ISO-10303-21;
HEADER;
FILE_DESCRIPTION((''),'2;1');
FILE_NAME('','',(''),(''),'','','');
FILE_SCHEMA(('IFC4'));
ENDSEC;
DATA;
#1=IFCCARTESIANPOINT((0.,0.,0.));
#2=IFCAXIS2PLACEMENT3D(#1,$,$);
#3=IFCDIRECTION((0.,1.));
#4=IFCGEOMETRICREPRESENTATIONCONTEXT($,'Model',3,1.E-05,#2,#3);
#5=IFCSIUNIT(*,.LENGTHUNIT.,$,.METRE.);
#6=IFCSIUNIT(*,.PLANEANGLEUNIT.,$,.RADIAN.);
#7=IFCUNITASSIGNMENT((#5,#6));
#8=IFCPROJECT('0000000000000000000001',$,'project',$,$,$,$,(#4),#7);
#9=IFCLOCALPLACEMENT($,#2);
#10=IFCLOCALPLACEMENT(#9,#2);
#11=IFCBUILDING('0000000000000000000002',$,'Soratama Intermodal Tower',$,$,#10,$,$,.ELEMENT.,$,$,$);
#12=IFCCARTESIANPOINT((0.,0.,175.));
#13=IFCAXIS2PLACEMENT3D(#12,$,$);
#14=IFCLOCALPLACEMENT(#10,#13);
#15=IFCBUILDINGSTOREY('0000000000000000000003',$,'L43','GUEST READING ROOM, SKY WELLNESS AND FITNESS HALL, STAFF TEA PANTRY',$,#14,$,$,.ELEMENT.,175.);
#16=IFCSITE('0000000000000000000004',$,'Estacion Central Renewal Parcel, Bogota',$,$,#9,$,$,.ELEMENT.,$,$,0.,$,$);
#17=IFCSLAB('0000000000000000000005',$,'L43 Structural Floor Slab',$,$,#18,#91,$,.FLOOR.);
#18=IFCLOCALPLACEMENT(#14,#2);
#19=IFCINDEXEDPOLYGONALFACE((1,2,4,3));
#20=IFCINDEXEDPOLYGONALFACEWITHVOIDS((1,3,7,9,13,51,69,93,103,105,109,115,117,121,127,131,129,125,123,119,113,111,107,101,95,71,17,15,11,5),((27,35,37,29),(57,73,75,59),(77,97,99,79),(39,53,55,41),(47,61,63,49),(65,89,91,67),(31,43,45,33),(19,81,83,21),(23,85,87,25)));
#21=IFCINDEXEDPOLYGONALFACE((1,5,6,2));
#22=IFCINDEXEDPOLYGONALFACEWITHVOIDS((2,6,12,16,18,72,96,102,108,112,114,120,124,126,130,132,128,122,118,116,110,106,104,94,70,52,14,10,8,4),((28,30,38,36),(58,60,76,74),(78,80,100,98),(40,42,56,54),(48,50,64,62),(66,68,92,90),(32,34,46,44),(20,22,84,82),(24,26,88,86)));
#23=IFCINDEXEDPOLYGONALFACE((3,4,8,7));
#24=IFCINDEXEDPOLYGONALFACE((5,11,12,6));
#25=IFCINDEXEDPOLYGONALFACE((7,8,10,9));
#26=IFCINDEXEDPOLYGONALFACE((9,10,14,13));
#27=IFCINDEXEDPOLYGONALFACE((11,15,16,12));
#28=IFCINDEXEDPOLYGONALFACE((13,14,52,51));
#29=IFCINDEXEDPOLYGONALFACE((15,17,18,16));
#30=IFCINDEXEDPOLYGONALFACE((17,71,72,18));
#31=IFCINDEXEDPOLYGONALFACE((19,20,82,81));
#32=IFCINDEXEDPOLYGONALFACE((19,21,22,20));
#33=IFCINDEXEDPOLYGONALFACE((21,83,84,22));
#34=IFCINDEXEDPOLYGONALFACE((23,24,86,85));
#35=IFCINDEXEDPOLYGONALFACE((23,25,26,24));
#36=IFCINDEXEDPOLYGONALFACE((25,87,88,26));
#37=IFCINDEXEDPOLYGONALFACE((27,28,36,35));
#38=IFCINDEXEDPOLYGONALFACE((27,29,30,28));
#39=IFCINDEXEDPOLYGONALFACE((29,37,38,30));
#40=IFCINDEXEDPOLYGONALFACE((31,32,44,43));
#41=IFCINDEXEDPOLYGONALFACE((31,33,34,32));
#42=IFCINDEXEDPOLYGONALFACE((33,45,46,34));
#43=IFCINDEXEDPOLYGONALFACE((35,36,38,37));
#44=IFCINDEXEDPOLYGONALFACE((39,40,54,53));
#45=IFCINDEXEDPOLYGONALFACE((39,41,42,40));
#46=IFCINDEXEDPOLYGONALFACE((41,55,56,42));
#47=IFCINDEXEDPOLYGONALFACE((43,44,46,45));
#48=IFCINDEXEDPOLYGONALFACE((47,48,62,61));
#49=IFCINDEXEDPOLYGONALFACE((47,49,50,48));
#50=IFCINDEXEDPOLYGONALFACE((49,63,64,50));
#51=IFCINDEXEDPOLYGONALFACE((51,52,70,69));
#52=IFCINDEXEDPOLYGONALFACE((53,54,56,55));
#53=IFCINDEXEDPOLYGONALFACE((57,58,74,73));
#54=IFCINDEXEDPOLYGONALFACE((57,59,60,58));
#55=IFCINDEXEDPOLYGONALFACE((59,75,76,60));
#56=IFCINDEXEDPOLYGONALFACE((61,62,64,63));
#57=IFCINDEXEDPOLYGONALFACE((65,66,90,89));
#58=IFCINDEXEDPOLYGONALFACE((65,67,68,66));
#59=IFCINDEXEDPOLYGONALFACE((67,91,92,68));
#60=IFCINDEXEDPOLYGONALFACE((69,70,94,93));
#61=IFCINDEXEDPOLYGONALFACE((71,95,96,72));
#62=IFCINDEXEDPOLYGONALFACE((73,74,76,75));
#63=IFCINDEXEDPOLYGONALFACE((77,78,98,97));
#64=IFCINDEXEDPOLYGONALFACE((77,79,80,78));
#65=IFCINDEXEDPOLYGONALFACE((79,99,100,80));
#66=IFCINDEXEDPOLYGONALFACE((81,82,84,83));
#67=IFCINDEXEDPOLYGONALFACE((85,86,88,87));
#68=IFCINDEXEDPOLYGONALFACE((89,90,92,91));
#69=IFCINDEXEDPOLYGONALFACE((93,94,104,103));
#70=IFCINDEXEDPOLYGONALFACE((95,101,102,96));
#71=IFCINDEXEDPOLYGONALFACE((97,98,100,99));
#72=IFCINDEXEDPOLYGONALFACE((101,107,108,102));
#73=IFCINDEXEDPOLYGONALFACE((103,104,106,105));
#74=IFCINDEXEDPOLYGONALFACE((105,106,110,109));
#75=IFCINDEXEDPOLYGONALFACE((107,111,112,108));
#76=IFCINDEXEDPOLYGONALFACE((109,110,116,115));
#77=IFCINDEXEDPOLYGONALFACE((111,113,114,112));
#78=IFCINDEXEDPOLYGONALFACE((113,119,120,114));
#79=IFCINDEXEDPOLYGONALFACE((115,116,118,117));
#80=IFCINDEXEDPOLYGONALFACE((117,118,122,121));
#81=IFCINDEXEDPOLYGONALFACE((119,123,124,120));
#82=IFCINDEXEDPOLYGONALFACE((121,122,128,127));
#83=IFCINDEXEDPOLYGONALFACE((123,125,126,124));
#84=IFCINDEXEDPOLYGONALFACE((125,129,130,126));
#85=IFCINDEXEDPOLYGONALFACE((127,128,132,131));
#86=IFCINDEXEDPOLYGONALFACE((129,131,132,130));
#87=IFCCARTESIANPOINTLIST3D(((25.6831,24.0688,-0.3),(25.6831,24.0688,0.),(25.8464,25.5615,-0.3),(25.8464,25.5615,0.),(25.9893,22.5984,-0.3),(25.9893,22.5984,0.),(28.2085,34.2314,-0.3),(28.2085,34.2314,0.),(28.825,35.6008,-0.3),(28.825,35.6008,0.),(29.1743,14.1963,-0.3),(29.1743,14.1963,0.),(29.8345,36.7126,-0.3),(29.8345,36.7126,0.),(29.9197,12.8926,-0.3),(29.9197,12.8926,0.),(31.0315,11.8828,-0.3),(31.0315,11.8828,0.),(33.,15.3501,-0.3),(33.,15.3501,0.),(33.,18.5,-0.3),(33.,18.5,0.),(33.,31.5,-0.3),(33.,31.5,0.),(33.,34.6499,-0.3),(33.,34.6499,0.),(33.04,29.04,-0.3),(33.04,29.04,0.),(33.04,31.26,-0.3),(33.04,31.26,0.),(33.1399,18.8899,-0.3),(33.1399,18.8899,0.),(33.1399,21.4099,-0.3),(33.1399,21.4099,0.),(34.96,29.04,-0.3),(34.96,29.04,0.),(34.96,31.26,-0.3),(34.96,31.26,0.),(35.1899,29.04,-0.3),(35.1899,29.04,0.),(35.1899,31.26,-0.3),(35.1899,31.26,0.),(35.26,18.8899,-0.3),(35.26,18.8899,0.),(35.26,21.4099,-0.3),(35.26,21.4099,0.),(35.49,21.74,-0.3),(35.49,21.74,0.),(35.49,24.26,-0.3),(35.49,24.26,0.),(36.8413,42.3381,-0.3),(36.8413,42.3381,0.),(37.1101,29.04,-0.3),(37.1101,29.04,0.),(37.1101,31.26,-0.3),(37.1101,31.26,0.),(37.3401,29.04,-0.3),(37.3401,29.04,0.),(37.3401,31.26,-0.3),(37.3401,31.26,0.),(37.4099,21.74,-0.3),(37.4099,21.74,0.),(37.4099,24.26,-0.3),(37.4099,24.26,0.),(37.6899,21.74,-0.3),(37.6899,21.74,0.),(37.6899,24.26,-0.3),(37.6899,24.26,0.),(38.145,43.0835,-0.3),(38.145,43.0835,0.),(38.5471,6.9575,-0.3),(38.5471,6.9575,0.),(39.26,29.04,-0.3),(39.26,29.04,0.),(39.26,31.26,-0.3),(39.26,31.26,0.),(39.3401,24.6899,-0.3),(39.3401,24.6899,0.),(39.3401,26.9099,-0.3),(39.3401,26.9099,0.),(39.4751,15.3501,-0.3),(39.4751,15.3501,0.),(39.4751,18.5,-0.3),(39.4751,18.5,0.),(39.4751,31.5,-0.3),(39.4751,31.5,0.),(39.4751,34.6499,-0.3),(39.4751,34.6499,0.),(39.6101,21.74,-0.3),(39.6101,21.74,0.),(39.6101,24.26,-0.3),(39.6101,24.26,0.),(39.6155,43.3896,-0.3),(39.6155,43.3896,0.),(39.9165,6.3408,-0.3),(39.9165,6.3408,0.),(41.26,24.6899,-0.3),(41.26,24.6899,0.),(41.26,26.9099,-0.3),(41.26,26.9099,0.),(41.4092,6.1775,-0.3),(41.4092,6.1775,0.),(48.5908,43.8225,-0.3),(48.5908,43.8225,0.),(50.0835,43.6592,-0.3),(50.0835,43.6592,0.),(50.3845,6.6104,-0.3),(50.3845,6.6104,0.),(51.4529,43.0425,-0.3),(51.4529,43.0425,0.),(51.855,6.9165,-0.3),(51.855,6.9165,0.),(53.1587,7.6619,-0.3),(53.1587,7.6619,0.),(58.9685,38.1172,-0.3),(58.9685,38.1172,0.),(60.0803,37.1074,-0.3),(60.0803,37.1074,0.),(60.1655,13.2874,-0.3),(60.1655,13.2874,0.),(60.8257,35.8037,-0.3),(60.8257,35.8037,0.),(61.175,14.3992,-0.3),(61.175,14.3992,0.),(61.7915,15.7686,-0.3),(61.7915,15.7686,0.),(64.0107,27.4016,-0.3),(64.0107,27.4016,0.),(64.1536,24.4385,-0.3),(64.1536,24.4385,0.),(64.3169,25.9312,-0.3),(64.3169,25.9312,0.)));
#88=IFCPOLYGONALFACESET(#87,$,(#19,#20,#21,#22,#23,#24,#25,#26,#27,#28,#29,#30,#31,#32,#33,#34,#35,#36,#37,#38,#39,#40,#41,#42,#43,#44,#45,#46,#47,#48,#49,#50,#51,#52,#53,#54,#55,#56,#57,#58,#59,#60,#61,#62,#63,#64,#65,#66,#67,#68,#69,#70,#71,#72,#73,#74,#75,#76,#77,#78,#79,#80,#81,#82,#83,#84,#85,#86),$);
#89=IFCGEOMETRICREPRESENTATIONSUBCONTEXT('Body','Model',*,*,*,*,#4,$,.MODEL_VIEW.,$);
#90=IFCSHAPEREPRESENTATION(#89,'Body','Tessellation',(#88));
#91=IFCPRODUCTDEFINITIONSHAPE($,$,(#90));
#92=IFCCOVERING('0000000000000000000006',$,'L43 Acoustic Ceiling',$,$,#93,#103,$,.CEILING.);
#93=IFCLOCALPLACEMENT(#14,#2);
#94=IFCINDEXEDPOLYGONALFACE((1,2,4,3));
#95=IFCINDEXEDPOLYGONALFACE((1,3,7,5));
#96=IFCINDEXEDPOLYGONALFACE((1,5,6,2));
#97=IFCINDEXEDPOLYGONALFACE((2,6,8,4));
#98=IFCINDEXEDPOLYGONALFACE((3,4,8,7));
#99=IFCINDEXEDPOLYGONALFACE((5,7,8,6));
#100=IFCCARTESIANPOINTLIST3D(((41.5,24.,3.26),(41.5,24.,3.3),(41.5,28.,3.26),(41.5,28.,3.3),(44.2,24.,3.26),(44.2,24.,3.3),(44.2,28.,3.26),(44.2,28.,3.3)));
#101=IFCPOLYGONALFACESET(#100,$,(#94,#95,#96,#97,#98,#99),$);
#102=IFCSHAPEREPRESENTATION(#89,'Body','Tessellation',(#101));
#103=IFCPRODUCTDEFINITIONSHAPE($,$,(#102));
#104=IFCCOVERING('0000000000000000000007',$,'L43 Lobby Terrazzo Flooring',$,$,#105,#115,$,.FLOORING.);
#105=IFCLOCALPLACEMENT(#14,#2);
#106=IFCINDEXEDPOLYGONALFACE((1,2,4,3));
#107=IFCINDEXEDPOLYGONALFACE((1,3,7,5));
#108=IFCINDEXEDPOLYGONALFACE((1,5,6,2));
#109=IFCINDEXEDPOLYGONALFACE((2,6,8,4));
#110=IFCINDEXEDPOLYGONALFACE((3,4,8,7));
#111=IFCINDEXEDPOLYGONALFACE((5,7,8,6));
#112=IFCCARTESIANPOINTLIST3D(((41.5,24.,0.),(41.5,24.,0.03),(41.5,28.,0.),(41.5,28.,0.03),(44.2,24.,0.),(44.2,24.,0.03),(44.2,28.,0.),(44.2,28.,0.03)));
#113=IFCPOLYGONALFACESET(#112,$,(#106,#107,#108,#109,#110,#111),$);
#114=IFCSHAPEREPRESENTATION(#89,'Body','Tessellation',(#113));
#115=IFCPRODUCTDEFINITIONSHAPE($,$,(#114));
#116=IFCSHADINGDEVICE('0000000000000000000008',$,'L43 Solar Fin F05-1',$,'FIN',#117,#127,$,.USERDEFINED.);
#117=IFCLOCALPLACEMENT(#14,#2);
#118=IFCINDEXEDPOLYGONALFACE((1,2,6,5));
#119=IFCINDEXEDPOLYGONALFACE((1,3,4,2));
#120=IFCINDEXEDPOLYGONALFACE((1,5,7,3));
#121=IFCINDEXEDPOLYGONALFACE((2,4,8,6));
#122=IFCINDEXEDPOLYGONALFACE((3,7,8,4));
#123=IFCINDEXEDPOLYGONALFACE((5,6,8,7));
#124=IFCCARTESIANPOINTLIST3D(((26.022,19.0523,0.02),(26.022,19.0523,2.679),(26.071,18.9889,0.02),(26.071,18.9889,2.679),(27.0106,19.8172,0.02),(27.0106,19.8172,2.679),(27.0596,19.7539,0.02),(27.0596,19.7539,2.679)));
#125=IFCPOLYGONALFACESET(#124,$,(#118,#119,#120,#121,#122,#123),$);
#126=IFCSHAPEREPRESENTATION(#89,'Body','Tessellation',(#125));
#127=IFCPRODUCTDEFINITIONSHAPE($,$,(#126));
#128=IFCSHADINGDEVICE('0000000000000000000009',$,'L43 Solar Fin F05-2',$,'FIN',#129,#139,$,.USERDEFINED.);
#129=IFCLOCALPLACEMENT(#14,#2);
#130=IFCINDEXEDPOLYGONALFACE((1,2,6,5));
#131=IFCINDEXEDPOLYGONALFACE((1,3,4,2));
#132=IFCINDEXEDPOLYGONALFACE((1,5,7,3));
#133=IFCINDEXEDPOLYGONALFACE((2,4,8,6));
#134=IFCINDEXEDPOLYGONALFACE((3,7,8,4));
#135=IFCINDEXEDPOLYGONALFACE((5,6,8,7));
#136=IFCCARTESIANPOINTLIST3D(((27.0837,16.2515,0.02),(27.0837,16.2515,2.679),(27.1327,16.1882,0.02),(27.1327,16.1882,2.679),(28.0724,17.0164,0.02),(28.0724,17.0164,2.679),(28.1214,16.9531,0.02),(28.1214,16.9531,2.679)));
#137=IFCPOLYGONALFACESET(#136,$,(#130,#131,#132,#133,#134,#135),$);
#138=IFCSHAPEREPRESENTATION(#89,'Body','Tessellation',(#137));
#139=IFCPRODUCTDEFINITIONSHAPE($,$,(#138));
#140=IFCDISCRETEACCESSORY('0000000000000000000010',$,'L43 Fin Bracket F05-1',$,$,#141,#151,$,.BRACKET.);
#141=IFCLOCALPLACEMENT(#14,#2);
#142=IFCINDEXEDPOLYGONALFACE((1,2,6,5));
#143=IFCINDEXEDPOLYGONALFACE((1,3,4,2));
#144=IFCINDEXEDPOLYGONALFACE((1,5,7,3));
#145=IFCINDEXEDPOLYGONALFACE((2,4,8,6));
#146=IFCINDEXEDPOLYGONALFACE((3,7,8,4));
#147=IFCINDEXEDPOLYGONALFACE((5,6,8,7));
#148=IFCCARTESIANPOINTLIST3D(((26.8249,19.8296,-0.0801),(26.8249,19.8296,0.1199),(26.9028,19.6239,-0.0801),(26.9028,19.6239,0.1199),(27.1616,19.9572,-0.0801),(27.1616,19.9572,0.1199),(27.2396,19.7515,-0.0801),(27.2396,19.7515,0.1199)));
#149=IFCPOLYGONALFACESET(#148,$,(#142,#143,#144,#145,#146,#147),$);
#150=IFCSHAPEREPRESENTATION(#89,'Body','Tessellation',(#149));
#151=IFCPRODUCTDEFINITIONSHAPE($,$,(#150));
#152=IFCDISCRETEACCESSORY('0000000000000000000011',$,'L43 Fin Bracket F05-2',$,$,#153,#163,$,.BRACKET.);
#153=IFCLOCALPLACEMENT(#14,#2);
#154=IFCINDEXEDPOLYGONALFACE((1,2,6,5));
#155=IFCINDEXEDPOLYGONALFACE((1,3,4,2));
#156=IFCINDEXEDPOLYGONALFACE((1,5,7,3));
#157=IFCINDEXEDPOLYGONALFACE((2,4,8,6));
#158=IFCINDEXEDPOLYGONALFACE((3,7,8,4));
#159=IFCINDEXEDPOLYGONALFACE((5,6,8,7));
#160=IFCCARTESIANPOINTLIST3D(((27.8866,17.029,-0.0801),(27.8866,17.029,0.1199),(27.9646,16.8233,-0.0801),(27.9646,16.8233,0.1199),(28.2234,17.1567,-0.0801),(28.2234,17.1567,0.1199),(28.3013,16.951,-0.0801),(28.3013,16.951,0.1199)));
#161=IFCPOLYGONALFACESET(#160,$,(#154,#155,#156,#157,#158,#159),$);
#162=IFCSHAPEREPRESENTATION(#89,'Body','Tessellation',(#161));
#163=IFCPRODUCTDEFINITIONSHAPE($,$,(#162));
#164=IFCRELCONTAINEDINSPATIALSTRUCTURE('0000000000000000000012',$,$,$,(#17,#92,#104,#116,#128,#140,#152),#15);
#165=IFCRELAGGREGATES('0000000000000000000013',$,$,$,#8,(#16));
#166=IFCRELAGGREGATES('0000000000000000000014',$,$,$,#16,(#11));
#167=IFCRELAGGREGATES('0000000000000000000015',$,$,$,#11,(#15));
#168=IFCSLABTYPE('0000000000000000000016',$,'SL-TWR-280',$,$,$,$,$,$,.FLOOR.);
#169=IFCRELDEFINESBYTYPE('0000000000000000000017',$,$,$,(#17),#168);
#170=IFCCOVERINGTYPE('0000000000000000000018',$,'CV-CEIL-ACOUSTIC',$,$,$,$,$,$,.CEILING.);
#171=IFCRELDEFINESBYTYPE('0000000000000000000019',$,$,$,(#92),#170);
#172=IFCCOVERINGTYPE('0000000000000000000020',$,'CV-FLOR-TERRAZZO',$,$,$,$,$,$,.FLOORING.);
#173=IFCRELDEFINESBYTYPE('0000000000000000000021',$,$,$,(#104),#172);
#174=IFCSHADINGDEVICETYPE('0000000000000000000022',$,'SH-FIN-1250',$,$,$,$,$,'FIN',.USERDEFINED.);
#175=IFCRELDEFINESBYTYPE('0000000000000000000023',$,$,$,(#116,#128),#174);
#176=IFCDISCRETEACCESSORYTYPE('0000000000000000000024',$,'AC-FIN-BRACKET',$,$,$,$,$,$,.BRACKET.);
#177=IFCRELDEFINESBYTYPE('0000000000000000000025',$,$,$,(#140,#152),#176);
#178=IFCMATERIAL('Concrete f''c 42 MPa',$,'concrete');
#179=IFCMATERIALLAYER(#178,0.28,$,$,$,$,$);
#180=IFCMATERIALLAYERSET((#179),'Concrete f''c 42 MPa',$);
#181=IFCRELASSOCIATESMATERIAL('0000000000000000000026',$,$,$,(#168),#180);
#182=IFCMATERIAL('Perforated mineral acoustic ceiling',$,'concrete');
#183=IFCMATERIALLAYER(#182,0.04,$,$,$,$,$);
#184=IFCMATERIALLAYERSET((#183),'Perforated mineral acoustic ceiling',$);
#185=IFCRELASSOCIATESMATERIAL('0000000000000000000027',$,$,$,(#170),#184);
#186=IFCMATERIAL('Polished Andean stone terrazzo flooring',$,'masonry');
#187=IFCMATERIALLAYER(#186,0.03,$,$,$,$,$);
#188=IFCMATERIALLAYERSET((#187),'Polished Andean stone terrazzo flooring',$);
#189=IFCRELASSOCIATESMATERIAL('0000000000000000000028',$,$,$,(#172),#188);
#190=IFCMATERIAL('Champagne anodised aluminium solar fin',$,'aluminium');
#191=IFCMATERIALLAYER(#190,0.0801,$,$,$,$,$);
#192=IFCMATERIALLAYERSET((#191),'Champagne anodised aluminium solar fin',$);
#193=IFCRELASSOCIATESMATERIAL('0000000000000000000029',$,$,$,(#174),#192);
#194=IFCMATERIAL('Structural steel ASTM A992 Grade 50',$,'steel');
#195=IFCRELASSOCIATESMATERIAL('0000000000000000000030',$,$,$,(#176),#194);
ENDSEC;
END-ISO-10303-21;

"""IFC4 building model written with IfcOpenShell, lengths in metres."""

from ifc_helpers import new_model, si_unit, direction, frame, origin, origin_2d, place, context, subcontext, project, spatial, polyline, rectangle, outline, extrude, material, layer, layer_set, type_object, element, save


model = new_model("IFC4")

# Units and contexts
model_context = context("Model", 3, precision=1e-05, world=origin(), true_north=direction((0.0, 1.0)))
body_context = subcontext(model_context, "Body", "Model", "MODEL_VIEW")
ifc_project = project(units=[si_unit("LENGTHUNIT", "METRE"), si_unit("PLANEANGLEUNIT", "RADIAN")], contexts=[model_context])

# Site, building, storey
site_placement = place(None, origin())
site = spatial("IfcSite", under=ifc_project, at=site_placement, Name="Estacion Central Renewal Parcel, Bogota", CompositionType="ELEMENT", RefElevation=0.0)
building_placement = place(site_placement, origin())
building = spatial("IfcBuilding", under=site, at=building_placement, Name="Soratama Intermodal Tower", CompositionType="ELEMENT")
storey_placement = place(building_placement, frame((0.0, 0.0, 175.0)))
storey = spatial("IfcBuildingStorey", under=building, at=storey_placement, Name="L43", Description="GUEST READING ROOM, SKY WELLNESS AND FITNESS HALL, STAFF TEA PANTRY", CompositionType="ELEMENT", Elevation=175.0)

# Slab
ifc_material_1 = material(Name="Concrete f'c 42 MPa", Category="concrete")
ifc_layer_1 = layer(ifc_material_1, 0.28)
ifc_layer_set_1 = layer_set([ifc_layer_1], Name="Concrete f'c 42 MPa")
slab_type_1 = type_object("IfcSlabType", Name="SL-TWR-280", PredefinedType="FLOOR", material=ifc_layer_set_1)
slab_1_placement = place(storey_placement, frame((0.0, 0.0, -0.3)))
element("IfcSlab", 1, at=slab_1_placement, inside=storey, type_object=slab_type_1, Name="L43 Structural Floor Slab", PredefinedType="FLOOR", context=body_context, shape_type="SweptSolid", body=[
    extrude(outline(polyline([(60.8257, 35.8037), (60.0803, 37.1074), (58.9685, 38.1172), (51.4529, 43.0425), (50.0835, 43.6592), (48.5908, 43.8225), (39.6155, 43.3896), (38.145, 43.0835), (36.8413, 42.3381), (29.8345, 36.7126), (28.825, 35.6008), (28.2085, 34.2314), (25.8464, 25.5615), (25.6831, 24.0688), (25.9893, 22.5984), (29.1743, 14.1963), (29.9197, 12.8926), (31.0315, 11.8828), (38.5471, 6.9575), (39.9165, 6.3408), (41.4092, 6.1775), (50.3845, 6.6104), (51.855, 6.9165), (53.1587, 7.6619), (60.1655, 13.2874), (61.175, 14.3992), (61.7915, 15.7686), (64.1536, 24.4385), (64.3169, 25.9312), (64.0107, 27.4016), (60.8257, 35.8037)]), holes=[polyline([(33.0, 18.5), (33.0, 15.3501), (39.4751, 15.3501), (39.4751, 18.5), (33.0, 18.5)]), polyline([(35.26, 21.4099), (33.1399, 21.4099), (33.1399, 18.8899), (35.26, 18.8899), (35.26, 21.4099)]), polyline([(37.4099, 24.26), (35.49, 24.26), (35.49, 21.74), (37.4099, 21.74), (37.4099, 24.26)]), polyline([(39.6101, 24.26), (37.6899, 24.26), (37.6899, 21.74), (39.6101, 21.74), (39.6101, 24.26)]), polyline([(41.26, 26.9099), (39.3401, 26.9099), (39.3401, 24.6899), (41.26, 24.6899), (41.26, 26.9099)]), polyline([(34.96, 31.26), (33.04, 31.26), (33.04, 29.04), (34.96, 29.04), (34.96, 31.26)]), polyline([(37.1101, 31.26), (35.1899, 31.26), (35.1899, 29.04), (37.1101, 29.04), (37.1101, 31.26)]), polyline([(39.26, 29.04), (39.26, 31.26), (37.3401, 31.26), (37.3401, 29.04), (39.26, 29.04)]), polyline([(39.4751, 34.6499), (33.0, 34.6499), (33.0, 31.5), (39.4751, 31.5), (39.4751, 34.6499)])]), origin(), (0.0, 0.0, 1.0), 0.3),
])

# Coverings
ifc_material_2 = material(Name="Perforated mineral acoustic ceiling", Category="concrete")
ifc_layer_2 = layer(ifc_material_2, 0.04)
ifc_layer_set_2 = layer_set([ifc_layer_2], Name="Perforated mineral acoustic ceiling")
covering_type_1 = type_object("IfcCoveringType", Name="CV-CEIL-ACOUSTIC", PredefinedType="CEILING", material=ifc_layer_set_2)
covering_1_placement = place(storey_placement, frame((0.0, 0.0, 3.26)))
element("IfcCovering", 2, at=covering_1_placement, inside=storey, type_object=covering_type_1, Name="L43 Acoustic Ceiling", PredefinedType="CEILING", context=body_context, shape_type="SweptSolid", body=[
    extrude(outline(polyline([(41.5, 24.0), (44.2, 24.0), (44.2, 28.0), (41.5, 28.0), (41.5, 24.0)])), origin(), (0.0, 0.0, 1.0), 0.04),
])
ifc_material_3 = material(Name="Polished Andean stone terrazzo flooring", Category="masonry")
ifc_layer_3 = layer(ifc_material_3, 0.03)
ifc_layer_set_3 = layer_set([ifc_layer_3], Name="Polished Andean stone terrazzo flooring")
covering_type_2 = type_object("IfcCoveringType", Name="CV-FLOR-TERRAZZO", PredefinedType="FLOORING", material=ifc_layer_set_3)
covering_2_placement = place(storey_placement, origin())
element("IfcCovering", 3, at=covering_2_placement, inside=storey, type_object=covering_type_2, Name="L43 Lobby Terrazzo Flooring", PredefinedType="FLOORING", context=body_context, shape_type="SweptSolid", body=[
    extrude(outline(polyline([(41.5, 24.0), (44.2, 24.0), (44.2, 28.0), (41.5, 28.0), (41.5, 24.0)])), origin(), (0.0, 0.0, 1.0), 0.03),
])

# Shading devices
ifc_material_4 = material(Name="Champagne anodised aluminium solar fin", Category="aluminium")
ifc_layer_4 = layer(ifc_material_4, 0.0801)
ifc_layer_set_4 = layer_set([ifc_layer_4], Name="Champagne anodised aluminium solar fin")
shading_device_type = type_object("IfcShadingDeviceType", Name="SH-FIN-1250", ElementType="FIN", PredefinedType="USERDEFINED", material=ifc_layer_set_4)
for number, where, z_axis, x_axis, name in (
    (4, (26.5408, 19.4031, 0.02), (0.0, 0.0, 1.0), (-0.790903, -0.611941, 0.0), "L43 Solar Fin F05-1"),
    (5, (27.6025, 16.6023, 0.02), (0.0, 0.0, 1.0), (-0.790903, -0.611941, 0.0), "L43 Solar Fin F05-2"),
):
    element("IfcShadingDevice", number, at=place(storey_placement, frame(where, z_axis=z_axis, x_axis=x_axis)), inside=storey, type_object=shading_device_type, Name=name, ObjectType="FIN", PredefinedType="USERDEFINED", context=body_context, shape_type="SweptSolid", body=[
        extrude(rectangle(XDim=1.25, YDim=0.0801, at=origin_2d()), origin(), (0.0, 0.0, 1.0), 2.6589),
    ])

# Discrete accessories
ifc_material_5 = material(Name="Structural steel ASTM A992 Grade 50", Category="steel")
discrete_accessory_type = type_object("IfcDiscreteAccessoryType", Name="AC-FIN-BRACKET", PredefinedType="BRACKET", material=ifc_material_5)
for number, where, z_axis, x_axis, name in (
    (6, (27.0322, 19.7905, -0.0801), (0.0, 0.0, 1.0), (-0.935073, -0.354454, 0.0), "L43 Fin Bracket F05-1"),
    (7, (28.094, 16.99, -0.0801), (0.0, 0.0, 1.0), (-0.935073, -0.354454, 0.0), "L43 Fin Bracket F05-2"),
):
    element("IfcDiscreteAccessory", number, at=place(storey_placement, frame(where, z_axis=z_axis, x_axis=x_axis)), inside=storey, type_object=discrete_accessory_type, Name=name, PredefinedType="BRACKET", context=body_context, shape_type="SweptSolid", body=[
        extrude(rectangle(XDim=0.3601, YDim=0.22, at=origin_2d()), origin(), (0.0, 0.0, 1.0), 0.2),
    ])

save(model, "model.ifc")
